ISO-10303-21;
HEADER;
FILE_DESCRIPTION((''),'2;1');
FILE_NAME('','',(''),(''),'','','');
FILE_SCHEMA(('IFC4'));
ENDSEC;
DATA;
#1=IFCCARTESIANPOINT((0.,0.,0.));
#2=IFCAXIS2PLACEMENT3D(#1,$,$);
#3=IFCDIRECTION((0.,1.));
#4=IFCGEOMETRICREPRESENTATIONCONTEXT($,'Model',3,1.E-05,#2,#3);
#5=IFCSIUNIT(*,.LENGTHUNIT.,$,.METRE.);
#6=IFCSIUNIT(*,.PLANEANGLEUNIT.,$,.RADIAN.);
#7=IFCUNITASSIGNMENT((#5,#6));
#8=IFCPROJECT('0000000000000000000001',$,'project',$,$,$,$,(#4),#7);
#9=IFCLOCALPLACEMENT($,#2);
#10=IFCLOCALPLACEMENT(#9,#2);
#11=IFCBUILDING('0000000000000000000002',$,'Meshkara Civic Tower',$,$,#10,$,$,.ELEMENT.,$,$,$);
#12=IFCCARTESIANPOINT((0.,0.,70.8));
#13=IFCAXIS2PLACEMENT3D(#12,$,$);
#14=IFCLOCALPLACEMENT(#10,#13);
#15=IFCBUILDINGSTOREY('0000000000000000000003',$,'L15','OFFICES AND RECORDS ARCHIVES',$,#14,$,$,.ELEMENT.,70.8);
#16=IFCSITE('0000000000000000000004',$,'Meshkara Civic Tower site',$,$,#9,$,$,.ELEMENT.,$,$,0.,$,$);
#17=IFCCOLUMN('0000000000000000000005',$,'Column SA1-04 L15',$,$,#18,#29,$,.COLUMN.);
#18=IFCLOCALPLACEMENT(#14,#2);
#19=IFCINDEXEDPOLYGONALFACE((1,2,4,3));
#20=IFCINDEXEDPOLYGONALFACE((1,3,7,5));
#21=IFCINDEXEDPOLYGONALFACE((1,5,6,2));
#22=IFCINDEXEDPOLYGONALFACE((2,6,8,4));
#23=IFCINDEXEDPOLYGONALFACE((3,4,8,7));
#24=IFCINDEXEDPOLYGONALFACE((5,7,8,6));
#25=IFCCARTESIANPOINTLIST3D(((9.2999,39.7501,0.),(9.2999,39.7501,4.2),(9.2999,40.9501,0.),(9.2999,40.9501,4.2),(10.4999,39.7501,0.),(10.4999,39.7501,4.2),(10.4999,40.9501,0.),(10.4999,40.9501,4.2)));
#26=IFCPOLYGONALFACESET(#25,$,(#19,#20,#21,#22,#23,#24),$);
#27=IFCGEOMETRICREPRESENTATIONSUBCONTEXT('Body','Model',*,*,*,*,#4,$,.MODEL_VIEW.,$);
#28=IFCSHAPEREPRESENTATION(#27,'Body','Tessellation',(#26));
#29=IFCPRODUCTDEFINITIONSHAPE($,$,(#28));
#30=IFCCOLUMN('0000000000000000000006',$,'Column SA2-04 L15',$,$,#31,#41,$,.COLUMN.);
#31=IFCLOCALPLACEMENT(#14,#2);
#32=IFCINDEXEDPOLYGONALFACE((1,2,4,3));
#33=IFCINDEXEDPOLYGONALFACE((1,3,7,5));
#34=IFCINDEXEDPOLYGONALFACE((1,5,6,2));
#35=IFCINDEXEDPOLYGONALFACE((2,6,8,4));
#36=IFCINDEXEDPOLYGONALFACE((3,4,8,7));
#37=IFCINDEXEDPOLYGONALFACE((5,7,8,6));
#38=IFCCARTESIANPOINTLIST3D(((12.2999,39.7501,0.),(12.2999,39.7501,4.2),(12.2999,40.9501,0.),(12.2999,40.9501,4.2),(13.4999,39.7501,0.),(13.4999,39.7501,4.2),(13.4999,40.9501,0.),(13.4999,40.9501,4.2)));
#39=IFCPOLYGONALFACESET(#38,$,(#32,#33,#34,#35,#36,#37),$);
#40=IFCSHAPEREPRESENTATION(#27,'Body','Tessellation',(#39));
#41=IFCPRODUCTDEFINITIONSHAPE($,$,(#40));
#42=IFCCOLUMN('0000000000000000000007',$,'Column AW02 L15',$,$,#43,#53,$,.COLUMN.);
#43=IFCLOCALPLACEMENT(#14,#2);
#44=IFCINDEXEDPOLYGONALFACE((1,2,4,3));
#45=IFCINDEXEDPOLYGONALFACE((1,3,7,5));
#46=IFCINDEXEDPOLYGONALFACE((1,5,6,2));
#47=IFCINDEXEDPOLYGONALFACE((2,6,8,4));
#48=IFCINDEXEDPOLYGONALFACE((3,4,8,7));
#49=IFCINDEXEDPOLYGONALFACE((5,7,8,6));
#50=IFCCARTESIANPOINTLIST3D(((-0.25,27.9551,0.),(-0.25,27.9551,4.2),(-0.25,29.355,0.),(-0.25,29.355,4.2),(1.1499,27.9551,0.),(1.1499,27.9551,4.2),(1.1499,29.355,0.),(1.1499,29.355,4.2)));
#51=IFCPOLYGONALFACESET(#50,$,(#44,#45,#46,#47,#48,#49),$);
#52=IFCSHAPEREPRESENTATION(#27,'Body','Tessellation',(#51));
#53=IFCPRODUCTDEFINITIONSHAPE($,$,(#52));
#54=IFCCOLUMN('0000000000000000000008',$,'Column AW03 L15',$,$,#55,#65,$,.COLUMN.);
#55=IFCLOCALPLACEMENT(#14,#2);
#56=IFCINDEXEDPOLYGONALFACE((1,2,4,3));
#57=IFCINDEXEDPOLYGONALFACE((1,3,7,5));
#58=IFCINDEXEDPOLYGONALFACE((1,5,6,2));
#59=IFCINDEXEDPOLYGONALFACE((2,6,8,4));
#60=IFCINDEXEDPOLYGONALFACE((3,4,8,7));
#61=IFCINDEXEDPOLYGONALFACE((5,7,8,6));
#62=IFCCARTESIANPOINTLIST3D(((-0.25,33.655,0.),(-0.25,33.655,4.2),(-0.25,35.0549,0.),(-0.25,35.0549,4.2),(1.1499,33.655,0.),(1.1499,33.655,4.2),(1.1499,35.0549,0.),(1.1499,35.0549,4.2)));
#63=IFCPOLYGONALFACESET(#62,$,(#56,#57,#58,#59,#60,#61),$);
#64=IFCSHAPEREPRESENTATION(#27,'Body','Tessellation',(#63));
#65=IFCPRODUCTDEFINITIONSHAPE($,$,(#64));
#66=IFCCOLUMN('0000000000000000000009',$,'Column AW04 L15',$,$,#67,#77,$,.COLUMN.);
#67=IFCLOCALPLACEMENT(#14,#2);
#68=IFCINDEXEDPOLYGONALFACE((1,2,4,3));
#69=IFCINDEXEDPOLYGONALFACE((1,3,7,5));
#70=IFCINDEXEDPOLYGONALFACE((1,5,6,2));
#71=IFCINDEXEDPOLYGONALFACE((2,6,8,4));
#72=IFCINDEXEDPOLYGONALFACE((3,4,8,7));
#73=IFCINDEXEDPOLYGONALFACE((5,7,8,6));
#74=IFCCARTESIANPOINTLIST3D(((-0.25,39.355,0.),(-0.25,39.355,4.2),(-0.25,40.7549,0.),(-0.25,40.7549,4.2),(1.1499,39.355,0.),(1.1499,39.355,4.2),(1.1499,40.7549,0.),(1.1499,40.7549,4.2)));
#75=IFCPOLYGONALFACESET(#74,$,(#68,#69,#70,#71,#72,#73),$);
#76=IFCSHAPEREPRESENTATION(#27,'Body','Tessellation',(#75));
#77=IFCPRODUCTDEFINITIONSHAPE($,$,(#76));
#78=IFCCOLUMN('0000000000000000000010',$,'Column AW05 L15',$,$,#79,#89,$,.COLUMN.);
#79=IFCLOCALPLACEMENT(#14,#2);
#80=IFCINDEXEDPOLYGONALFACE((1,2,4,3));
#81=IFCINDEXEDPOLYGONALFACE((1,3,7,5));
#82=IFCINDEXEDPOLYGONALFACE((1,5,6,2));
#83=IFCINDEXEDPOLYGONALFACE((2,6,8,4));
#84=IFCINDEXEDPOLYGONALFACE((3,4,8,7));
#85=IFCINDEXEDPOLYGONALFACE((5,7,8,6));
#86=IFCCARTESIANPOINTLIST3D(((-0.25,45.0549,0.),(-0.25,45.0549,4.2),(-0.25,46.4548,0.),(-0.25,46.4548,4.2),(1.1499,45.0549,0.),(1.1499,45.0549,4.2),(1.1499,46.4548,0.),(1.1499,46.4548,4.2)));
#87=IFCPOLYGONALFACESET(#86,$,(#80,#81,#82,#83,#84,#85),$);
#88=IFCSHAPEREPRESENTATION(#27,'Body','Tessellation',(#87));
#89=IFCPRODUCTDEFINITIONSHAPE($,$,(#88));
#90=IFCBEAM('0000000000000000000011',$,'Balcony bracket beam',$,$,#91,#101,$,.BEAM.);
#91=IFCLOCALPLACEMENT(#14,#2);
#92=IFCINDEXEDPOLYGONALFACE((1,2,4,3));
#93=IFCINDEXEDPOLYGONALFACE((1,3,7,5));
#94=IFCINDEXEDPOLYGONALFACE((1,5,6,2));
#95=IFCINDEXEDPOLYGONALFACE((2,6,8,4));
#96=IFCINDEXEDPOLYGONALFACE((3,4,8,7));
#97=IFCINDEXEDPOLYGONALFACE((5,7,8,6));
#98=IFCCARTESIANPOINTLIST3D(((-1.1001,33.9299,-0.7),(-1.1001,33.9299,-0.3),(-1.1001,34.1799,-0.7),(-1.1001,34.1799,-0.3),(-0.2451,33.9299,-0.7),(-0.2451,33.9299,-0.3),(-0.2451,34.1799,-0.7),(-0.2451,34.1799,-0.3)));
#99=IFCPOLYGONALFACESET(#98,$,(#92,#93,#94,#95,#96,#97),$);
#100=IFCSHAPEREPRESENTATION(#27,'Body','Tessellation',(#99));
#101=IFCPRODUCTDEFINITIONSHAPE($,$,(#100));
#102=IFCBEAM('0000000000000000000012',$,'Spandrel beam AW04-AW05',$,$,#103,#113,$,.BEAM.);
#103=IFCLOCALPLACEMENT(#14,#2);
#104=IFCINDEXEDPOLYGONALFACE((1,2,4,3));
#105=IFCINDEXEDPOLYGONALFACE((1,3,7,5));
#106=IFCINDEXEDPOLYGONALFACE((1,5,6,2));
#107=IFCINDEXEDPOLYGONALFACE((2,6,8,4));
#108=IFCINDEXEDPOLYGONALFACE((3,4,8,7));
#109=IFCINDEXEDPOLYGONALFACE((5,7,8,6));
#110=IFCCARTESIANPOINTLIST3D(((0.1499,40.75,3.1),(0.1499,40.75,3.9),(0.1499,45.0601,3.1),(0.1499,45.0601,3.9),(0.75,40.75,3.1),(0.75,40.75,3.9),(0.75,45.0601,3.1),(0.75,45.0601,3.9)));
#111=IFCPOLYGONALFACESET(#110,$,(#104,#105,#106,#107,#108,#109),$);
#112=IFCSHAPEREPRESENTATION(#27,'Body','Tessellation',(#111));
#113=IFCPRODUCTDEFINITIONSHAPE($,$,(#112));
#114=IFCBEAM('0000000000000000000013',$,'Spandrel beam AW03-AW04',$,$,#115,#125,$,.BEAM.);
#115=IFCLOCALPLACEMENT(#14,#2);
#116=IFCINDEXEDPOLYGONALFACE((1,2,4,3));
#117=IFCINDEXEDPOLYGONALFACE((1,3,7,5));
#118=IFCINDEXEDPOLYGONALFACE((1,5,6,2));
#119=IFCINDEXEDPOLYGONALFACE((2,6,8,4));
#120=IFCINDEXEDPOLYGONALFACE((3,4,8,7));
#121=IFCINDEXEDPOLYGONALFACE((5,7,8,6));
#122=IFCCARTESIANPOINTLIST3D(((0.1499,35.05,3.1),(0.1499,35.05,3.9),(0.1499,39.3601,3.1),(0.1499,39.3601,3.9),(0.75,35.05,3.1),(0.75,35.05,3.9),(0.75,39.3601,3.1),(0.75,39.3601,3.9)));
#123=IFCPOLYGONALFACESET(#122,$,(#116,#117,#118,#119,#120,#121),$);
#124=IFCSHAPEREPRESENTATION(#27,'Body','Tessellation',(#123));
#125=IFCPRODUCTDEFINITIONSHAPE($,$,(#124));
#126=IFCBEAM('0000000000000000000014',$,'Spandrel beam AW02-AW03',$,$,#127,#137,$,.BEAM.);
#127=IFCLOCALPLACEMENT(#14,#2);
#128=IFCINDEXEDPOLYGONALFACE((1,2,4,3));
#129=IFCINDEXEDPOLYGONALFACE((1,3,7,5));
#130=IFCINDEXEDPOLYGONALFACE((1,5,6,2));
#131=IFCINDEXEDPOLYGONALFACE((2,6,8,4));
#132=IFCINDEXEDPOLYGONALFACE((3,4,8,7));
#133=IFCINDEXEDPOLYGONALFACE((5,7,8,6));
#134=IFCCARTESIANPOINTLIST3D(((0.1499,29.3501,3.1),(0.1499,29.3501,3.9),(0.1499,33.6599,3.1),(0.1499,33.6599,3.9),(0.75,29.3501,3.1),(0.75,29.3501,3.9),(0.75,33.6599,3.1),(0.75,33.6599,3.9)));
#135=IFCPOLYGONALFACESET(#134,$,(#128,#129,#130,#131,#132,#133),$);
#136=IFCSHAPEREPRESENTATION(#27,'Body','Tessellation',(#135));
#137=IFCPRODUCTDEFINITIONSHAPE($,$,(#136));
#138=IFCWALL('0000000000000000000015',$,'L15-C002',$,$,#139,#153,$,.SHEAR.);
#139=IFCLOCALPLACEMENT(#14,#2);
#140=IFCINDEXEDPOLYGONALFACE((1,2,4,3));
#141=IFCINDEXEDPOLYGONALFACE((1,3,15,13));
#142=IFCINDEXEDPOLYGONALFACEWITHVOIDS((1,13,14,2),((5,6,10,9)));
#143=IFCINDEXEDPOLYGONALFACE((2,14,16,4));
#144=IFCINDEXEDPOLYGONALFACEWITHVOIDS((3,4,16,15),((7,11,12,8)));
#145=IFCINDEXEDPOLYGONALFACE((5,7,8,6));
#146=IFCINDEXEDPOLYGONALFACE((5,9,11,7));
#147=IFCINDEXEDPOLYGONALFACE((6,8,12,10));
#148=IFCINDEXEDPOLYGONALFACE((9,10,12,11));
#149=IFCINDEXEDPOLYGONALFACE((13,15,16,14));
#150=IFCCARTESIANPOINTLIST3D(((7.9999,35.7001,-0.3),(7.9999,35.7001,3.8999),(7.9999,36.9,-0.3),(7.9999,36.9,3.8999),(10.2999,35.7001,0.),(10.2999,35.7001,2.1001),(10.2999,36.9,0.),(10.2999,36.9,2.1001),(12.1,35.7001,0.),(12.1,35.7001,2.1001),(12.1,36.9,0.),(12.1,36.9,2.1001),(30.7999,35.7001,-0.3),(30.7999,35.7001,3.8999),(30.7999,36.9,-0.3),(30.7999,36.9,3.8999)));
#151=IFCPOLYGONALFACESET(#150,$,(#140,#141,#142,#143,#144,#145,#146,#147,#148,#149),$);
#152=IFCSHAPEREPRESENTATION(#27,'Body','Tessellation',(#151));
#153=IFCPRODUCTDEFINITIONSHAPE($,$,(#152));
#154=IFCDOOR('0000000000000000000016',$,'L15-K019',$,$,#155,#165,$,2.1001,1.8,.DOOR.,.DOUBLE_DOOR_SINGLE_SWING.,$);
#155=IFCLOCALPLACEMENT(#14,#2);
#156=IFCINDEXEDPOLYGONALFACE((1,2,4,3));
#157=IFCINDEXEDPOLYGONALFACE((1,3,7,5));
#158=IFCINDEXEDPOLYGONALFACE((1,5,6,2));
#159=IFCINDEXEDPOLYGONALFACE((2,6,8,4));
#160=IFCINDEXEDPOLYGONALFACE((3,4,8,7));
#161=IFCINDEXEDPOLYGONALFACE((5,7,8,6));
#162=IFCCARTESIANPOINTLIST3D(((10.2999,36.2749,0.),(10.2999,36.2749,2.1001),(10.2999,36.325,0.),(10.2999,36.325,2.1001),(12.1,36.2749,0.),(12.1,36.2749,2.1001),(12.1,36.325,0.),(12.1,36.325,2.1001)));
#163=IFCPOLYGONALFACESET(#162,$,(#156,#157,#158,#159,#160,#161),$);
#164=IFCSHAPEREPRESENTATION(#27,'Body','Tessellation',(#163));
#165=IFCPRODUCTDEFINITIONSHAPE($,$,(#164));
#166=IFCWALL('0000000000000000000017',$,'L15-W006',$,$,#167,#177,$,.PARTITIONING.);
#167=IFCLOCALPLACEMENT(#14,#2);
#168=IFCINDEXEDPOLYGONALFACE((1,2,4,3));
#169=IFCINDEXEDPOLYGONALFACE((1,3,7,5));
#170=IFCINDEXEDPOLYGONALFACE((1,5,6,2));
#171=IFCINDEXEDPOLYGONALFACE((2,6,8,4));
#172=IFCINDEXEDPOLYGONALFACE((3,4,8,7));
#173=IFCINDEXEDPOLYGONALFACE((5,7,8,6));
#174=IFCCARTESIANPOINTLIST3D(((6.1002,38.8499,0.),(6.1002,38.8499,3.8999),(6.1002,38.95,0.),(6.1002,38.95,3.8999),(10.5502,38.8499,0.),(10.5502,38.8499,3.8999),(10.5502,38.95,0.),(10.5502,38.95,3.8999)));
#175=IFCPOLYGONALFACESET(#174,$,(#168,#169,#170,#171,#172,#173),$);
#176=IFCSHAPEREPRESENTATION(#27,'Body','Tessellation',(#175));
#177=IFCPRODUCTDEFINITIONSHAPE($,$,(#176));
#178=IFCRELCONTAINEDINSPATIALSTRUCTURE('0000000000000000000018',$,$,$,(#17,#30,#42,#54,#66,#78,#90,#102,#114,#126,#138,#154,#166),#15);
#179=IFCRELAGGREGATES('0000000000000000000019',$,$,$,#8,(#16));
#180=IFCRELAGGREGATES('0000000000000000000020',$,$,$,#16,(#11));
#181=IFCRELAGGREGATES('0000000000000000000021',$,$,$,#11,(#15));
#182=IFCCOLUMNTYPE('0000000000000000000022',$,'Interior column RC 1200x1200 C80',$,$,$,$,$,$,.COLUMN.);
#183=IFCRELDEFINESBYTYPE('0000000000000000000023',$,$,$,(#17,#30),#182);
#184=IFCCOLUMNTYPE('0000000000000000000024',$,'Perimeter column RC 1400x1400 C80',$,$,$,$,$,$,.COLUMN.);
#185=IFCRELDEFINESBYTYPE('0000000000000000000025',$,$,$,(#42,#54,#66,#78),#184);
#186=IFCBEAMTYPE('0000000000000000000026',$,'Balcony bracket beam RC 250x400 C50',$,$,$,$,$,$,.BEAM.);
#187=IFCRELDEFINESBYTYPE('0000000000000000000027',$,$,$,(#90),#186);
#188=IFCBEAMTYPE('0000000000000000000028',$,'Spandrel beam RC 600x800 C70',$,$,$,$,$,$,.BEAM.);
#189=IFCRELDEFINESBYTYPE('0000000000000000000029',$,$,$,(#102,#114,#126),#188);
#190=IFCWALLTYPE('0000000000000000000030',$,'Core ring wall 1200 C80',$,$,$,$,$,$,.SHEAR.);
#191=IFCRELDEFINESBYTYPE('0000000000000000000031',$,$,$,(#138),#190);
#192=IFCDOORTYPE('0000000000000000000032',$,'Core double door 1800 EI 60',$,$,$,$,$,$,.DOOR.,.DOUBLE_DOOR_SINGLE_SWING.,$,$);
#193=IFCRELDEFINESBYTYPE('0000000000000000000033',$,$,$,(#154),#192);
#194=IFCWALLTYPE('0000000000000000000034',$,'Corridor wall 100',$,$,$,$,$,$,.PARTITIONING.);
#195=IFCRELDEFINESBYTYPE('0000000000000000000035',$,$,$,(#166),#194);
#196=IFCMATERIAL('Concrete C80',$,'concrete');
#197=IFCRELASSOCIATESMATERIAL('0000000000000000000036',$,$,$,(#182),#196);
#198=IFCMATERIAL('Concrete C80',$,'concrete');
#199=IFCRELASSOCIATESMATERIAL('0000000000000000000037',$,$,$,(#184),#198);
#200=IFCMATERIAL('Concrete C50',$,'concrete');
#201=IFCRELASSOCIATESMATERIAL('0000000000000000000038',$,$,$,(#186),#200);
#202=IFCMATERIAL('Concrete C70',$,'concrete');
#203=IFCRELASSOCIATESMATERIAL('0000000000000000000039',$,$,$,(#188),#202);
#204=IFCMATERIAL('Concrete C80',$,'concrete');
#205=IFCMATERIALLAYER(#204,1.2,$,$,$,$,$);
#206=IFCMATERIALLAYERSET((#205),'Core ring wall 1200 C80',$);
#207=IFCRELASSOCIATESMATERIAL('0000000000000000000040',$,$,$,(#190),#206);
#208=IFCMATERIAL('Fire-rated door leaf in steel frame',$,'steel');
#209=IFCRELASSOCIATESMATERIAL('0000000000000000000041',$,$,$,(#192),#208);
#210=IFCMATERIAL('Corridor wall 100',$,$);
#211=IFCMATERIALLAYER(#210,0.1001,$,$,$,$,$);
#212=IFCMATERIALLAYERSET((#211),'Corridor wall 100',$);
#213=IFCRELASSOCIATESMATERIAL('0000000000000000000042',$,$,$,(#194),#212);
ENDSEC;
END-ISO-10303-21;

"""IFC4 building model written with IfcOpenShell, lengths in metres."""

from ifc_helpers import new_model, si_unit, direction, frame, frame_2d, origin, origin_2d, place, context, subcontext, project, spatial, rectangle, extrude, material, layer, layer_set, material_profile, profile_set, type_object, element, fill, save


model = new_model("IFC4")

# Units and contexts
model_context = context("Model", 3, precision=1e-05, world=origin(), true_north=direction((0.0, 1.0)))
body_context = subcontext(model_context, "Body", "Model", "MODEL_VIEW")
ifc_project = project(units=[si_unit("LENGTHUNIT", "METRE"), si_unit("PLANEANGLEUNIT", "RADIAN")], contexts=[model_context])

# Site, building, storey
site_placement = place(None, origin())
site = spatial("IfcSite", under=ifc_project, at=site_placement, Name="Meshkara Civic Tower site", CompositionType="ELEMENT", RefElevation=0.0)
building_placement = place(site_placement, origin())
building = spatial("IfcBuilding", under=site, at=building_placement, Name="Meshkara Civic Tower", CompositionType="ELEMENT")
storey_placement = place(building_placement, frame((0.0, 0.0, 70.8)))
storey = spatial("IfcBuildingStorey", under=building, at=storey_placement, Name="L15", Description="OFFICES AND RECORDS ARCHIVES", CompositionType="ELEMENT", Elevation=70.8)

# Columns
ifc_material_1 = material(Name="Concrete C80", Category="concrete")
ifc_material_profile_1 = material_profile(ifc_material_1, rectangle(XDim=1.2, YDim=1.2, at=origin_2d()))
ifc_profile_set_1 = profile_set([ifc_material_profile_1], Name="Concrete C80")
column_type_1 = type_object("IfcColumnType", Name="Interior column RC 1200x1200 C80", PredefinedType="COLUMN", material=ifc_profile_set_1)
for number, where, z_axis, x_axis, name in (
    (1, (9.8999, 40.3501, 0.0), (0.0, 0.0, 1.0), (1.0, 0.0, 0.0), "Column SA1-04 L15"),
    (2, (12.8999, 40.3501, 0.0), (0.0, 0.0, 1.0), (1.0, 0.0, 0.0), "Column SA2-04 L15"),
):
    element("IfcColumn", number, at=place(storey_placement, frame(where, z_axis=z_axis, x_axis=x_axis)), inside=storey, type_object=column_type_1, Name=name, PredefinedType="COLUMN", context=body_context, shape_type="SweptSolid", body=[
        extrude(rectangle(XDim=1.2, YDim=1.2, at=origin_2d()), origin(), (0.0, 0.0, 1.0), 4.2),
    ])
ifc_material_2 = material(Name="Concrete C80", Category="concrete")
ifc_material_profile_2 = material_profile(ifc_material_2, rectangle(XDim=1.3999, YDim=1.3999, at=origin_2d()))
ifc_profile_set_2 = profile_set([ifc_material_profile_2], Name="Concrete C80")
column_type_2 = type_object("IfcColumnType", Name="Perimeter column RC 1400x1400 C80", PredefinedType="COLUMN", material=ifc_profile_set_2)
for number, where, z_axis, x_axis, name in (
    (3, (0.45, 28.655, 0.0), (0.0, 0.0, 1.0), (1.0, 0.0, 0.0), "Column AW02 L15"),
    (4, (0.45, 34.355, 0.0), (0.0, 0.0, 1.0), (1.0, 0.0, 0.0), "Column AW03 L15"),
    (5, (0.45, 40.0549, 0.0), (0.0, 0.0, 1.0), (1.0, 0.0, 0.0), "Column AW04 L15"),
    (6, (0.45, 45.7549, 0.0), (0.0, 0.0, 1.0), (1.0, 0.0, 0.0), "Column AW05 L15"),
):
    element("IfcColumn", number, at=place(storey_placement, frame(where, z_axis=z_axis, x_axis=x_axis)), inside=storey, type_object=column_type_2, Name=name, PredefinedType="COLUMN", context=body_context, shape_type="SweptSolid", body=[
        extrude(rectangle(XDim=1.3999, YDim=1.3999, at=origin_2d()), origin(), (0.0, 0.0, 1.0), 4.2),
    ])

# Beams
ifc_material_3 = material(Name="Concrete C50", Category="concrete")
ifc_material_profile_3 = material_profile(ifc_material_3, rectangle(XDim=0.25, YDim=0.3999, at=origin_2d()))
ifc_profile_set_3 = profile_set([ifc_material_profile_3], Name="Concrete C50")
beam_type_1 = type_object("IfcBeamType", Name="Balcony bracket beam RC 250x400 C50", PredefinedType="BEAM", material=ifc_profile_set_3)
beam_1_placement = place(storey_placement, frame((-0.2451, 34.0549, -0.5), z_axis=(-1.0, 0.0, 0.0), x_axis=(0.0, -1.0, 0.0)))
element("IfcBeam", 7, at=beam_1_placement, inside=storey, type_object=beam_type_1, Name="Balcony bracket beam", PredefinedType="BEAM", context=body_context, shape_type="SweptSolid", body=[
    extrude(rectangle(XDim=0.25, YDim=0.3999, at=origin_2d()), origin(), (0.0, 0.0, 1.0), 0.855),
])
ifc_material_4 = material(Name="Concrete C70", Category="concrete")
ifc_material_profile_4 = material_profile(ifc_material_4, rectangle(XDim=0.6001, YDim=0.8, at=origin_2d()))
ifc_profile_set_4 = profile_set([ifc_material_profile_4], Name="Concrete C70")
beam_type_2 = type_object("IfcBeamType", Name="Spandrel beam RC 600x800 C70", PredefinedType="BEAM", material=ifc_profile_set_4)
for number, where, z_axis, x_axis, name in (
    (8, (0.45, 45.0601, 3.5), (0.0, -1.0, 0.0), (1.0, 0.0, 0.0), "Spandrel beam AW04-AW05"),
    (9, (0.45, 39.3601, 3.5), (0.0, -1.0, 0.0), (1.0, 0.0, 0.0), "Spandrel beam AW03-AW04"),
):
    element("IfcBeam", number, at=place(storey_placement, frame(where, z_axis=z_axis, x_axis=x_axis)), inside=storey, type_object=beam_type_2, Name=name, PredefinedType="BEAM", context=body_context, shape_type="SweptSolid", body=[
        extrude(rectangle(XDim=0.6001, YDim=0.8, at=origin_2d()), origin(), (0.0, 0.0, 1.0), 4.3101),
    ])
beam_2_placement = place(storey_placement, frame((0.45, 33.6599, 3.5), z_axis=(0.0, -1.0, 0.0), x_axis=(1.0, 0.0, 0.0)))
element("IfcBeam", 10, at=beam_2_placement, inside=storey, type_object=beam_type_2, Name="Spandrel beam AW02-AW03", PredefinedType="BEAM", context=body_context, shape_type="SweptSolid", body=[
    extrude(rectangle(XDim=0.6001, YDim=0.8, at=origin_2d()), origin(), (0.0, 0.0, 1.0), 4.3098),
])

# Wall, opening, door
ifc_material_5 = material(Name="Concrete C80", Category="concrete")
ifc_layer_1 = layer(ifc_material_5, 1.2)
ifc_layer_set_1 = layer_set([ifc_layer_1], Name="Core ring wall 1200 C80")
wall_type_1 = type_object("IfcWallType", Name="Core ring wall 1200 C80", PredefinedType="SHEAR", material=ifc_layer_set_1)
wall_1_placement = place(storey_placement, frame((8.0, 36.3, -0.3), z_axis=(0.0, 0.0, 1.0), x_axis=(1.0, 0.0, 0.0)))
wall_1 = element("IfcWall", 11, at=wall_1_placement, inside=storey, type_object=wall_type_1, Name="L15-C002", PredefinedType="SHEAR", context=body_context, shape_type="SweptSolid", body=[
    extrude(rectangle(XDim=22.8, YDim=1.2, at=frame_2d((11.3999, 0.0))), origin(), (0.0, 0.0, 1.0), 4.2),
])
opening_1_placement = place(wall_1_placement, frame((2.3, 0.0, 0.3)))
opening_1 = element("IfcOpeningElement", 12, at=opening_1_placement, cuts=wall_1, PredefinedType="OPENING", context=body_context, shape_type="SweptSolid", body=[
    extrude(rectangle(XDim=1.8, YDim=2.1001, at=frame_2d((0.8999, 1.05))), frame((0.0, 0.6099, 0.0), z_axis=(0.0, -1.0, 0.0), x_axis=(1.0, 0.0, 0.0)), (0.0, 0.0, 1.0), 1.22),
])
ifc_material_6 = material(Name="Fire-rated door leaf in steel frame", Category="steel")
door_type_1 = type_object("IfcDoorType", Name="Core double door 1800 EI 60", OperationType="DOUBLE_DOOR_SINGLE_SWING", PredefinedType="DOOR", material=ifc_material_6)
door_1_placement = place(opening_1_placement, origin())
door_1 = element("IfcDoor", 13, at=door_1_placement, inside=storey, type_object=door_type_1, Name="L15-K019", OperationType="DOUBLE_DOOR_SINGLE_SWING", OverallHeight=2.1001, OverallWidth=1.8, PredefinedType="DOOR", context=body_context, shape_type="SweptSolid", body=[
    extrude(rectangle(XDim=1.8, YDim=2.1001, at=frame_2d((0.8999, 1.05))), frame((0.0, 0.0249, 0.0), z_axis=(0.0, -1.0, 0.0), x_axis=(1.0, 0.0, 0.0)), (0.0, 0.0, 1.0), 0.05),
])
fill(opening_1, door_1)

# Wall
ifc_material_7 = material(Name="Corridor wall 100")
ifc_layer_2 = layer(ifc_material_7, 0.1001)
ifc_layer_set_2 = layer_set([ifc_layer_2], Name="Corridor wall 100")
wall_type_2 = type_object("IfcWallType", Name="Corridor wall 100", PredefinedType="PARTITIONING", material=ifc_layer_set_2)
wall_2_placement = place(storey_placement, frame((6.1001, 38.8999, 0.0), z_axis=(0.0, 0.0, 1.0), x_axis=(1.0, 0.0, 0.0)))
element("IfcWall", 14, at=wall_2_placement, inside=storey, type_object=wall_type_2, Name="L15-W006", PredefinedType="PARTITIONING", context=body_context, shape_type="SweptSolid", body=[
    extrude(rectangle(XDim=4.45, YDim=0.1001, at=frame_2d((2.2251, 0.0))), origin(), (0.0, 0.0, 1.0), 3.8999),
])

save(model, "model.ifc")
